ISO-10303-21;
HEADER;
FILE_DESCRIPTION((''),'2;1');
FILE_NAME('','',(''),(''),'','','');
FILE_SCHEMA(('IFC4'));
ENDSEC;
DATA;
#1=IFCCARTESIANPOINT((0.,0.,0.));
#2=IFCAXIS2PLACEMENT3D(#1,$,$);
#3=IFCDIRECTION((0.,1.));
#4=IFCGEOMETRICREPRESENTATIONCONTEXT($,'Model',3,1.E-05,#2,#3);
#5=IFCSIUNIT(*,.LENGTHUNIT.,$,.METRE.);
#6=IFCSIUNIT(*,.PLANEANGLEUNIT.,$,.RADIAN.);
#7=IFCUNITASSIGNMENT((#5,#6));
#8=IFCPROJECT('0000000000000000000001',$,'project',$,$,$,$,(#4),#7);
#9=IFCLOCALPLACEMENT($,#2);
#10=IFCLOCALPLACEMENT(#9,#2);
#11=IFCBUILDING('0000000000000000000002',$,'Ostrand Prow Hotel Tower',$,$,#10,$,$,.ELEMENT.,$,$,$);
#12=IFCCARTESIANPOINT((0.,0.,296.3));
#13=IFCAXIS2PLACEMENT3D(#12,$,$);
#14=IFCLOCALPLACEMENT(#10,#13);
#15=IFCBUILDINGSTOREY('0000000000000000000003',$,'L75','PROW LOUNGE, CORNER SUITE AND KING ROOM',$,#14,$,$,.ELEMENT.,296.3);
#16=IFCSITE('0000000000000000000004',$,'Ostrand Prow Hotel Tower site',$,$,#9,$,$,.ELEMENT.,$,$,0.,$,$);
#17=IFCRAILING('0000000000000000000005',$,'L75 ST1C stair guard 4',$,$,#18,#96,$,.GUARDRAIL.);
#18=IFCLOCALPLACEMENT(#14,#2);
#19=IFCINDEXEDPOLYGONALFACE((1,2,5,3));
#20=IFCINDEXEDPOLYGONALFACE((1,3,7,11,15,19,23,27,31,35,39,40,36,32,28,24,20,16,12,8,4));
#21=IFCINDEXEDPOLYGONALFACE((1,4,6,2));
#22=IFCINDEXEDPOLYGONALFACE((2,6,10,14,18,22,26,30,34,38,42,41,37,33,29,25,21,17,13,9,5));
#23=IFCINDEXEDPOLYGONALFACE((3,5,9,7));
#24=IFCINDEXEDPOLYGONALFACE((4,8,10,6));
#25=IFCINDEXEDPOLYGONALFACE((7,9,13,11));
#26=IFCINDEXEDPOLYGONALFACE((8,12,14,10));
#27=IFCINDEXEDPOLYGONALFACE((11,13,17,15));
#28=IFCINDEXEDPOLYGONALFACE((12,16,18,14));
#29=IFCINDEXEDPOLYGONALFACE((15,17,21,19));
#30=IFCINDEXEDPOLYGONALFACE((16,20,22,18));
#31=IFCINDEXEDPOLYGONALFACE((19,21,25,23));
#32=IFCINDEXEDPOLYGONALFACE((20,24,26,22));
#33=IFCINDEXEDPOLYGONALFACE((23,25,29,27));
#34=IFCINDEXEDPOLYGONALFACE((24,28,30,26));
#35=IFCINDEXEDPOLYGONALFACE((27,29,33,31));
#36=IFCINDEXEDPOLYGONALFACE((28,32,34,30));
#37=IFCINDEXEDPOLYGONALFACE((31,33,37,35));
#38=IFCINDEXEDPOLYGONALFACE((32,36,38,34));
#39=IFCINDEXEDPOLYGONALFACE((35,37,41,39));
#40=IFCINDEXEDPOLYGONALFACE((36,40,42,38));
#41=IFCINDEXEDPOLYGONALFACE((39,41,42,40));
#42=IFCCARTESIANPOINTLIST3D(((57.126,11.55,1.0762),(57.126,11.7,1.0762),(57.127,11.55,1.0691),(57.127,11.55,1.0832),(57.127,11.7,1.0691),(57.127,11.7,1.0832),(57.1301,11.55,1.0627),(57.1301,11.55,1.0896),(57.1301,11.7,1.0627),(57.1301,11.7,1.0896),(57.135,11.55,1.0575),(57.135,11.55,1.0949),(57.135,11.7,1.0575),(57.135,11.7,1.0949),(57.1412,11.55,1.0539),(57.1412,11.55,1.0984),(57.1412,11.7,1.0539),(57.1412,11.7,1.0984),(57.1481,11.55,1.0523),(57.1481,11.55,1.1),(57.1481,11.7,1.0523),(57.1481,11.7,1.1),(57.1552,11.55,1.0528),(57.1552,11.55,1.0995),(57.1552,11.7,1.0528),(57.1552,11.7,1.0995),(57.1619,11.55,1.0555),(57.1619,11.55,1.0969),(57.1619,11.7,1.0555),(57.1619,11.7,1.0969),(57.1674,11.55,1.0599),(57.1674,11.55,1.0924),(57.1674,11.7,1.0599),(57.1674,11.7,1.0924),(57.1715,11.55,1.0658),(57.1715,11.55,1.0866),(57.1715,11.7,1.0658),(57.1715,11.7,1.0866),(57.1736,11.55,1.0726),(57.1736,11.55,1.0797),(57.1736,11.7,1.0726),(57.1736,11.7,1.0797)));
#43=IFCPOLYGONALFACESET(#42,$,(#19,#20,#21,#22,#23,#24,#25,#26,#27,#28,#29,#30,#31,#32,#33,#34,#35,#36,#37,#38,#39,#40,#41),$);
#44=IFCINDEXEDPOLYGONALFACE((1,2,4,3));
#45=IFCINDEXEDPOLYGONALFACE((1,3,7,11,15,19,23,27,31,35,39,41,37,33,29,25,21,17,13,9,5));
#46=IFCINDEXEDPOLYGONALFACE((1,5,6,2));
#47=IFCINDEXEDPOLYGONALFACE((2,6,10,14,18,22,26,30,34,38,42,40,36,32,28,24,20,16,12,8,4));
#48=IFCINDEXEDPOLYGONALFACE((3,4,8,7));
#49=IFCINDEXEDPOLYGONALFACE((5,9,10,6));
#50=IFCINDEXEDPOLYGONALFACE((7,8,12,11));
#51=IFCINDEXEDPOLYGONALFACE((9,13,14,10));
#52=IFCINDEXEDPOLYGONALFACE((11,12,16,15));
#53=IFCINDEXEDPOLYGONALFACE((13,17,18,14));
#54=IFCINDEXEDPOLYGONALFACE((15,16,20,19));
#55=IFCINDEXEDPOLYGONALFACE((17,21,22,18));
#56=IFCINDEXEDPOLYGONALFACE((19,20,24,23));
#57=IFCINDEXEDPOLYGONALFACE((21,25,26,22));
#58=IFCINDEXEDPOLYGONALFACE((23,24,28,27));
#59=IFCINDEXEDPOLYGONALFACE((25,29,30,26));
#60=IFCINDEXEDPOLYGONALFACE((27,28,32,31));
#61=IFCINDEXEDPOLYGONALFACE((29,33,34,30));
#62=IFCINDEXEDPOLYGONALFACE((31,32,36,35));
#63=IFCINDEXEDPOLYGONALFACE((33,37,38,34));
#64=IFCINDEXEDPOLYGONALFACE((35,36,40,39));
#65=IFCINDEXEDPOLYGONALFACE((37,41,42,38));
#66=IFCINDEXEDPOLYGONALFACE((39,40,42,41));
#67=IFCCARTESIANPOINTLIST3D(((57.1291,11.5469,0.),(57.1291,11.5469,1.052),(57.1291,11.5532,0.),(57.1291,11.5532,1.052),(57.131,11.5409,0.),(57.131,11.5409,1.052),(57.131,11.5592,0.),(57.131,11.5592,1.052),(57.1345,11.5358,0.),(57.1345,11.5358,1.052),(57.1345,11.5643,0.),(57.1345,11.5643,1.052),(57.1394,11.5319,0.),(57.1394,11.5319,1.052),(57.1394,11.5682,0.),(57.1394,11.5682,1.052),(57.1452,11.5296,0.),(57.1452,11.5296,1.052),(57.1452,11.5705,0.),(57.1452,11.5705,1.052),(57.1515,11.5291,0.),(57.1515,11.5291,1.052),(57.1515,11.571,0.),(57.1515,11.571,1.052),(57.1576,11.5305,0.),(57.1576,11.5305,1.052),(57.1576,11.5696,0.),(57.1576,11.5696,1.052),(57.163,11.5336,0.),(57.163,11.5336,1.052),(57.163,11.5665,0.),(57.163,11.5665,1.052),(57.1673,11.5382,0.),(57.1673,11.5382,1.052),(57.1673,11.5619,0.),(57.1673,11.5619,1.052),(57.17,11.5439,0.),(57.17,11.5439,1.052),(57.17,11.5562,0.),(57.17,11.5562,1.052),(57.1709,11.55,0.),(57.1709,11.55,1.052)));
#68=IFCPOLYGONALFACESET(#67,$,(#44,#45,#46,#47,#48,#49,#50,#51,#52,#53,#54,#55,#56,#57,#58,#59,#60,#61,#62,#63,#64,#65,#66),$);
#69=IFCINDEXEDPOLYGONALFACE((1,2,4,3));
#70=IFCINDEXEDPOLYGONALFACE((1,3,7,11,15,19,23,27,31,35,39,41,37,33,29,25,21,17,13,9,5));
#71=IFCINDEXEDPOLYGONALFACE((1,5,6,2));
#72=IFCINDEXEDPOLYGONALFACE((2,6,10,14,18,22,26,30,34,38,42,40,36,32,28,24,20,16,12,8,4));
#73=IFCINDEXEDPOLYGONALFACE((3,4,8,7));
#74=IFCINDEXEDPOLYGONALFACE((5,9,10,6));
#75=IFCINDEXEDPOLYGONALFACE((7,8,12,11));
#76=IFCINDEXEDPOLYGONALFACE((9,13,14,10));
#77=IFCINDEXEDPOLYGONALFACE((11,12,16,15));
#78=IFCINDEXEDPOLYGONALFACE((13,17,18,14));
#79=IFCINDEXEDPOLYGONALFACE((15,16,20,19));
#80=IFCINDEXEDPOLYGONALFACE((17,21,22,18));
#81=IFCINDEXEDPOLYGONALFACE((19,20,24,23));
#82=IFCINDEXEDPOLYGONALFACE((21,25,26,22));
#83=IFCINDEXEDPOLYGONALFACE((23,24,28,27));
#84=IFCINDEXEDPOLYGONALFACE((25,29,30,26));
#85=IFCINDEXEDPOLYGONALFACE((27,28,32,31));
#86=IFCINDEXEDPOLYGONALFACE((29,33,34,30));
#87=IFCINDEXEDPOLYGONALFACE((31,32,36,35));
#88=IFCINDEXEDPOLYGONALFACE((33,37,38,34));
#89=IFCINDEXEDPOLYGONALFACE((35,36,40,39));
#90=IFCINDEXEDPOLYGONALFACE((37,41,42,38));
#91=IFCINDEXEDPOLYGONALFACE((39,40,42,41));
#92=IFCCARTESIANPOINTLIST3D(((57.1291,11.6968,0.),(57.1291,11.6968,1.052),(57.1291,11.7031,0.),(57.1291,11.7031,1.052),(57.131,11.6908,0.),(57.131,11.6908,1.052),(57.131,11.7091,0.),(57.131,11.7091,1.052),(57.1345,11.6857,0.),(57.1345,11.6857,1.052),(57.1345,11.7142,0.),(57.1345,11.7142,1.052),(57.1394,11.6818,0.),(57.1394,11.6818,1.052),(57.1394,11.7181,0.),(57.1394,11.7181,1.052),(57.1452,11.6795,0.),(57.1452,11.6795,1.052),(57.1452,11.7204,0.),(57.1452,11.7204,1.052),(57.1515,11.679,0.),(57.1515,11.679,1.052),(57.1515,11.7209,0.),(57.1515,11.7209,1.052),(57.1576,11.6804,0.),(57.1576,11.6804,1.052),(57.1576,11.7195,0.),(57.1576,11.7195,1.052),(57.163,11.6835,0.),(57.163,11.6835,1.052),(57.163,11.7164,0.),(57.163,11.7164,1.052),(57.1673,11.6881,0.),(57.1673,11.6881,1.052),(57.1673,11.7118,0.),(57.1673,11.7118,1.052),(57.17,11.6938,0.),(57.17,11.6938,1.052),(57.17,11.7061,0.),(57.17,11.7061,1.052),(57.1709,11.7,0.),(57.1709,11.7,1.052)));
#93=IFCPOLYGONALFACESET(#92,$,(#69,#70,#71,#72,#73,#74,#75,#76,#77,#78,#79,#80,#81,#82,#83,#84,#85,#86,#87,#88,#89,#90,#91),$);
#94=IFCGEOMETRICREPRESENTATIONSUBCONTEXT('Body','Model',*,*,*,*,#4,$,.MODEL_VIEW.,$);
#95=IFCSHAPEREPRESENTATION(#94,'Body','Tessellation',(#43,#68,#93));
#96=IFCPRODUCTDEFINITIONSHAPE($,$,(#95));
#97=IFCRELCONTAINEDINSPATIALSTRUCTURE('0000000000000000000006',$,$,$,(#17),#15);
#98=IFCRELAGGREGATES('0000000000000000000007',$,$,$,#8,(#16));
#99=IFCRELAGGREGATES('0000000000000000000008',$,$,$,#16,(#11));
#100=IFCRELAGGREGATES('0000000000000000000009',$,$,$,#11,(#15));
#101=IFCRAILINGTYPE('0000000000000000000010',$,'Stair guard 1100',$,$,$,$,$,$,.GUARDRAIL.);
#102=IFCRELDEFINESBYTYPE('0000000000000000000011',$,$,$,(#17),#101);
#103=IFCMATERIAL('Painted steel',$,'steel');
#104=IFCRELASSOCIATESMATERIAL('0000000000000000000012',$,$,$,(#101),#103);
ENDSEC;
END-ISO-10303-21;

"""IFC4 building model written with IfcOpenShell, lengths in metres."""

from ifc_helpers import new_model, si_unit, direction, frame, origin, origin_2d, place, context, subcontext, project, spatial, circle, extrude, material, type_object, element, save


model = new_model("IFC4")

# Units and contexts
model_context = context("Model", 3, precision=1e-05, world=origin(), true_north=direction((0.0, 1.0)))
body_context = subcontext(model_context, "Body", "Model", "MODEL_VIEW")
ifc_project = project(units=[si_unit("LENGTHUNIT", "METRE"), si_unit("PLANEANGLEUNIT", "RADIAN")], contexts=[model_context])

# Site, building, storey
site_placement = place(None, origin())
site = spatial("IfcSite", under=ifc_project, at=site_placement, Name="Ostrand Prow Hotel Tower site", CompositionType="ELEMENT", RefElevation=0.0)
building_placement = place(site_placement, origin())
building = spatial("IfcBuilding", under=site, at=building_placement, Name="Ostrand Prow Hotel Tower", CompositionType="ELEMENT")
storey_placement = place(building_placement, frame((0.0, 0.0, 296.3)))
storey = spatial("IfcBuildingStorey", under=building, at=storey_placement, Name="L75", Description="PROW LOUNGE, CORNER SUITE AND KING ROOM", CompositionType="ELEMENT", Elevation=296.3)

# Railing
ifc_material_1 = material(Name="Painted steel", Category="steel")
railing_type_1 = type_object("IfcRailingType", Name="Stair guard 1100", PredefinedType="GUARDRAIL", material=ifc_material_1)
railing_1_placement = place(storey_placement, frame((57.1499, 11.55, 0.0)))
element("IfcRailing", 1, at=railing_1_placement, inside=storey, type_object=railing_type_1, Name="L75 ST1C stair guard 4", PredefinedType="GUARDRAIL", context=body_context, shape_type="SweptSolid", body=[
    extrude(circle(Radius=0.0239, at=origin_2d()), frame((0.0, 0.0, 1.0762), z_axis=(0.0, 1.0, 0.0), x_axis=(-1.0, 0.0, 0.0)), (0.0, 0.0, 1.0), 0.1499),
    extrude(circle(Radius=0.021, at=origin_2d()), origin(), (0.0, 0.0, 1.0), 1.052),
    extrude(circle(Radius=0.021, at=origin_2d()), frame((0.0, 0.1499, 0.0)), (0.0, 0.0, 1.0), 1.052),
])

save(model, "model.ifc")
